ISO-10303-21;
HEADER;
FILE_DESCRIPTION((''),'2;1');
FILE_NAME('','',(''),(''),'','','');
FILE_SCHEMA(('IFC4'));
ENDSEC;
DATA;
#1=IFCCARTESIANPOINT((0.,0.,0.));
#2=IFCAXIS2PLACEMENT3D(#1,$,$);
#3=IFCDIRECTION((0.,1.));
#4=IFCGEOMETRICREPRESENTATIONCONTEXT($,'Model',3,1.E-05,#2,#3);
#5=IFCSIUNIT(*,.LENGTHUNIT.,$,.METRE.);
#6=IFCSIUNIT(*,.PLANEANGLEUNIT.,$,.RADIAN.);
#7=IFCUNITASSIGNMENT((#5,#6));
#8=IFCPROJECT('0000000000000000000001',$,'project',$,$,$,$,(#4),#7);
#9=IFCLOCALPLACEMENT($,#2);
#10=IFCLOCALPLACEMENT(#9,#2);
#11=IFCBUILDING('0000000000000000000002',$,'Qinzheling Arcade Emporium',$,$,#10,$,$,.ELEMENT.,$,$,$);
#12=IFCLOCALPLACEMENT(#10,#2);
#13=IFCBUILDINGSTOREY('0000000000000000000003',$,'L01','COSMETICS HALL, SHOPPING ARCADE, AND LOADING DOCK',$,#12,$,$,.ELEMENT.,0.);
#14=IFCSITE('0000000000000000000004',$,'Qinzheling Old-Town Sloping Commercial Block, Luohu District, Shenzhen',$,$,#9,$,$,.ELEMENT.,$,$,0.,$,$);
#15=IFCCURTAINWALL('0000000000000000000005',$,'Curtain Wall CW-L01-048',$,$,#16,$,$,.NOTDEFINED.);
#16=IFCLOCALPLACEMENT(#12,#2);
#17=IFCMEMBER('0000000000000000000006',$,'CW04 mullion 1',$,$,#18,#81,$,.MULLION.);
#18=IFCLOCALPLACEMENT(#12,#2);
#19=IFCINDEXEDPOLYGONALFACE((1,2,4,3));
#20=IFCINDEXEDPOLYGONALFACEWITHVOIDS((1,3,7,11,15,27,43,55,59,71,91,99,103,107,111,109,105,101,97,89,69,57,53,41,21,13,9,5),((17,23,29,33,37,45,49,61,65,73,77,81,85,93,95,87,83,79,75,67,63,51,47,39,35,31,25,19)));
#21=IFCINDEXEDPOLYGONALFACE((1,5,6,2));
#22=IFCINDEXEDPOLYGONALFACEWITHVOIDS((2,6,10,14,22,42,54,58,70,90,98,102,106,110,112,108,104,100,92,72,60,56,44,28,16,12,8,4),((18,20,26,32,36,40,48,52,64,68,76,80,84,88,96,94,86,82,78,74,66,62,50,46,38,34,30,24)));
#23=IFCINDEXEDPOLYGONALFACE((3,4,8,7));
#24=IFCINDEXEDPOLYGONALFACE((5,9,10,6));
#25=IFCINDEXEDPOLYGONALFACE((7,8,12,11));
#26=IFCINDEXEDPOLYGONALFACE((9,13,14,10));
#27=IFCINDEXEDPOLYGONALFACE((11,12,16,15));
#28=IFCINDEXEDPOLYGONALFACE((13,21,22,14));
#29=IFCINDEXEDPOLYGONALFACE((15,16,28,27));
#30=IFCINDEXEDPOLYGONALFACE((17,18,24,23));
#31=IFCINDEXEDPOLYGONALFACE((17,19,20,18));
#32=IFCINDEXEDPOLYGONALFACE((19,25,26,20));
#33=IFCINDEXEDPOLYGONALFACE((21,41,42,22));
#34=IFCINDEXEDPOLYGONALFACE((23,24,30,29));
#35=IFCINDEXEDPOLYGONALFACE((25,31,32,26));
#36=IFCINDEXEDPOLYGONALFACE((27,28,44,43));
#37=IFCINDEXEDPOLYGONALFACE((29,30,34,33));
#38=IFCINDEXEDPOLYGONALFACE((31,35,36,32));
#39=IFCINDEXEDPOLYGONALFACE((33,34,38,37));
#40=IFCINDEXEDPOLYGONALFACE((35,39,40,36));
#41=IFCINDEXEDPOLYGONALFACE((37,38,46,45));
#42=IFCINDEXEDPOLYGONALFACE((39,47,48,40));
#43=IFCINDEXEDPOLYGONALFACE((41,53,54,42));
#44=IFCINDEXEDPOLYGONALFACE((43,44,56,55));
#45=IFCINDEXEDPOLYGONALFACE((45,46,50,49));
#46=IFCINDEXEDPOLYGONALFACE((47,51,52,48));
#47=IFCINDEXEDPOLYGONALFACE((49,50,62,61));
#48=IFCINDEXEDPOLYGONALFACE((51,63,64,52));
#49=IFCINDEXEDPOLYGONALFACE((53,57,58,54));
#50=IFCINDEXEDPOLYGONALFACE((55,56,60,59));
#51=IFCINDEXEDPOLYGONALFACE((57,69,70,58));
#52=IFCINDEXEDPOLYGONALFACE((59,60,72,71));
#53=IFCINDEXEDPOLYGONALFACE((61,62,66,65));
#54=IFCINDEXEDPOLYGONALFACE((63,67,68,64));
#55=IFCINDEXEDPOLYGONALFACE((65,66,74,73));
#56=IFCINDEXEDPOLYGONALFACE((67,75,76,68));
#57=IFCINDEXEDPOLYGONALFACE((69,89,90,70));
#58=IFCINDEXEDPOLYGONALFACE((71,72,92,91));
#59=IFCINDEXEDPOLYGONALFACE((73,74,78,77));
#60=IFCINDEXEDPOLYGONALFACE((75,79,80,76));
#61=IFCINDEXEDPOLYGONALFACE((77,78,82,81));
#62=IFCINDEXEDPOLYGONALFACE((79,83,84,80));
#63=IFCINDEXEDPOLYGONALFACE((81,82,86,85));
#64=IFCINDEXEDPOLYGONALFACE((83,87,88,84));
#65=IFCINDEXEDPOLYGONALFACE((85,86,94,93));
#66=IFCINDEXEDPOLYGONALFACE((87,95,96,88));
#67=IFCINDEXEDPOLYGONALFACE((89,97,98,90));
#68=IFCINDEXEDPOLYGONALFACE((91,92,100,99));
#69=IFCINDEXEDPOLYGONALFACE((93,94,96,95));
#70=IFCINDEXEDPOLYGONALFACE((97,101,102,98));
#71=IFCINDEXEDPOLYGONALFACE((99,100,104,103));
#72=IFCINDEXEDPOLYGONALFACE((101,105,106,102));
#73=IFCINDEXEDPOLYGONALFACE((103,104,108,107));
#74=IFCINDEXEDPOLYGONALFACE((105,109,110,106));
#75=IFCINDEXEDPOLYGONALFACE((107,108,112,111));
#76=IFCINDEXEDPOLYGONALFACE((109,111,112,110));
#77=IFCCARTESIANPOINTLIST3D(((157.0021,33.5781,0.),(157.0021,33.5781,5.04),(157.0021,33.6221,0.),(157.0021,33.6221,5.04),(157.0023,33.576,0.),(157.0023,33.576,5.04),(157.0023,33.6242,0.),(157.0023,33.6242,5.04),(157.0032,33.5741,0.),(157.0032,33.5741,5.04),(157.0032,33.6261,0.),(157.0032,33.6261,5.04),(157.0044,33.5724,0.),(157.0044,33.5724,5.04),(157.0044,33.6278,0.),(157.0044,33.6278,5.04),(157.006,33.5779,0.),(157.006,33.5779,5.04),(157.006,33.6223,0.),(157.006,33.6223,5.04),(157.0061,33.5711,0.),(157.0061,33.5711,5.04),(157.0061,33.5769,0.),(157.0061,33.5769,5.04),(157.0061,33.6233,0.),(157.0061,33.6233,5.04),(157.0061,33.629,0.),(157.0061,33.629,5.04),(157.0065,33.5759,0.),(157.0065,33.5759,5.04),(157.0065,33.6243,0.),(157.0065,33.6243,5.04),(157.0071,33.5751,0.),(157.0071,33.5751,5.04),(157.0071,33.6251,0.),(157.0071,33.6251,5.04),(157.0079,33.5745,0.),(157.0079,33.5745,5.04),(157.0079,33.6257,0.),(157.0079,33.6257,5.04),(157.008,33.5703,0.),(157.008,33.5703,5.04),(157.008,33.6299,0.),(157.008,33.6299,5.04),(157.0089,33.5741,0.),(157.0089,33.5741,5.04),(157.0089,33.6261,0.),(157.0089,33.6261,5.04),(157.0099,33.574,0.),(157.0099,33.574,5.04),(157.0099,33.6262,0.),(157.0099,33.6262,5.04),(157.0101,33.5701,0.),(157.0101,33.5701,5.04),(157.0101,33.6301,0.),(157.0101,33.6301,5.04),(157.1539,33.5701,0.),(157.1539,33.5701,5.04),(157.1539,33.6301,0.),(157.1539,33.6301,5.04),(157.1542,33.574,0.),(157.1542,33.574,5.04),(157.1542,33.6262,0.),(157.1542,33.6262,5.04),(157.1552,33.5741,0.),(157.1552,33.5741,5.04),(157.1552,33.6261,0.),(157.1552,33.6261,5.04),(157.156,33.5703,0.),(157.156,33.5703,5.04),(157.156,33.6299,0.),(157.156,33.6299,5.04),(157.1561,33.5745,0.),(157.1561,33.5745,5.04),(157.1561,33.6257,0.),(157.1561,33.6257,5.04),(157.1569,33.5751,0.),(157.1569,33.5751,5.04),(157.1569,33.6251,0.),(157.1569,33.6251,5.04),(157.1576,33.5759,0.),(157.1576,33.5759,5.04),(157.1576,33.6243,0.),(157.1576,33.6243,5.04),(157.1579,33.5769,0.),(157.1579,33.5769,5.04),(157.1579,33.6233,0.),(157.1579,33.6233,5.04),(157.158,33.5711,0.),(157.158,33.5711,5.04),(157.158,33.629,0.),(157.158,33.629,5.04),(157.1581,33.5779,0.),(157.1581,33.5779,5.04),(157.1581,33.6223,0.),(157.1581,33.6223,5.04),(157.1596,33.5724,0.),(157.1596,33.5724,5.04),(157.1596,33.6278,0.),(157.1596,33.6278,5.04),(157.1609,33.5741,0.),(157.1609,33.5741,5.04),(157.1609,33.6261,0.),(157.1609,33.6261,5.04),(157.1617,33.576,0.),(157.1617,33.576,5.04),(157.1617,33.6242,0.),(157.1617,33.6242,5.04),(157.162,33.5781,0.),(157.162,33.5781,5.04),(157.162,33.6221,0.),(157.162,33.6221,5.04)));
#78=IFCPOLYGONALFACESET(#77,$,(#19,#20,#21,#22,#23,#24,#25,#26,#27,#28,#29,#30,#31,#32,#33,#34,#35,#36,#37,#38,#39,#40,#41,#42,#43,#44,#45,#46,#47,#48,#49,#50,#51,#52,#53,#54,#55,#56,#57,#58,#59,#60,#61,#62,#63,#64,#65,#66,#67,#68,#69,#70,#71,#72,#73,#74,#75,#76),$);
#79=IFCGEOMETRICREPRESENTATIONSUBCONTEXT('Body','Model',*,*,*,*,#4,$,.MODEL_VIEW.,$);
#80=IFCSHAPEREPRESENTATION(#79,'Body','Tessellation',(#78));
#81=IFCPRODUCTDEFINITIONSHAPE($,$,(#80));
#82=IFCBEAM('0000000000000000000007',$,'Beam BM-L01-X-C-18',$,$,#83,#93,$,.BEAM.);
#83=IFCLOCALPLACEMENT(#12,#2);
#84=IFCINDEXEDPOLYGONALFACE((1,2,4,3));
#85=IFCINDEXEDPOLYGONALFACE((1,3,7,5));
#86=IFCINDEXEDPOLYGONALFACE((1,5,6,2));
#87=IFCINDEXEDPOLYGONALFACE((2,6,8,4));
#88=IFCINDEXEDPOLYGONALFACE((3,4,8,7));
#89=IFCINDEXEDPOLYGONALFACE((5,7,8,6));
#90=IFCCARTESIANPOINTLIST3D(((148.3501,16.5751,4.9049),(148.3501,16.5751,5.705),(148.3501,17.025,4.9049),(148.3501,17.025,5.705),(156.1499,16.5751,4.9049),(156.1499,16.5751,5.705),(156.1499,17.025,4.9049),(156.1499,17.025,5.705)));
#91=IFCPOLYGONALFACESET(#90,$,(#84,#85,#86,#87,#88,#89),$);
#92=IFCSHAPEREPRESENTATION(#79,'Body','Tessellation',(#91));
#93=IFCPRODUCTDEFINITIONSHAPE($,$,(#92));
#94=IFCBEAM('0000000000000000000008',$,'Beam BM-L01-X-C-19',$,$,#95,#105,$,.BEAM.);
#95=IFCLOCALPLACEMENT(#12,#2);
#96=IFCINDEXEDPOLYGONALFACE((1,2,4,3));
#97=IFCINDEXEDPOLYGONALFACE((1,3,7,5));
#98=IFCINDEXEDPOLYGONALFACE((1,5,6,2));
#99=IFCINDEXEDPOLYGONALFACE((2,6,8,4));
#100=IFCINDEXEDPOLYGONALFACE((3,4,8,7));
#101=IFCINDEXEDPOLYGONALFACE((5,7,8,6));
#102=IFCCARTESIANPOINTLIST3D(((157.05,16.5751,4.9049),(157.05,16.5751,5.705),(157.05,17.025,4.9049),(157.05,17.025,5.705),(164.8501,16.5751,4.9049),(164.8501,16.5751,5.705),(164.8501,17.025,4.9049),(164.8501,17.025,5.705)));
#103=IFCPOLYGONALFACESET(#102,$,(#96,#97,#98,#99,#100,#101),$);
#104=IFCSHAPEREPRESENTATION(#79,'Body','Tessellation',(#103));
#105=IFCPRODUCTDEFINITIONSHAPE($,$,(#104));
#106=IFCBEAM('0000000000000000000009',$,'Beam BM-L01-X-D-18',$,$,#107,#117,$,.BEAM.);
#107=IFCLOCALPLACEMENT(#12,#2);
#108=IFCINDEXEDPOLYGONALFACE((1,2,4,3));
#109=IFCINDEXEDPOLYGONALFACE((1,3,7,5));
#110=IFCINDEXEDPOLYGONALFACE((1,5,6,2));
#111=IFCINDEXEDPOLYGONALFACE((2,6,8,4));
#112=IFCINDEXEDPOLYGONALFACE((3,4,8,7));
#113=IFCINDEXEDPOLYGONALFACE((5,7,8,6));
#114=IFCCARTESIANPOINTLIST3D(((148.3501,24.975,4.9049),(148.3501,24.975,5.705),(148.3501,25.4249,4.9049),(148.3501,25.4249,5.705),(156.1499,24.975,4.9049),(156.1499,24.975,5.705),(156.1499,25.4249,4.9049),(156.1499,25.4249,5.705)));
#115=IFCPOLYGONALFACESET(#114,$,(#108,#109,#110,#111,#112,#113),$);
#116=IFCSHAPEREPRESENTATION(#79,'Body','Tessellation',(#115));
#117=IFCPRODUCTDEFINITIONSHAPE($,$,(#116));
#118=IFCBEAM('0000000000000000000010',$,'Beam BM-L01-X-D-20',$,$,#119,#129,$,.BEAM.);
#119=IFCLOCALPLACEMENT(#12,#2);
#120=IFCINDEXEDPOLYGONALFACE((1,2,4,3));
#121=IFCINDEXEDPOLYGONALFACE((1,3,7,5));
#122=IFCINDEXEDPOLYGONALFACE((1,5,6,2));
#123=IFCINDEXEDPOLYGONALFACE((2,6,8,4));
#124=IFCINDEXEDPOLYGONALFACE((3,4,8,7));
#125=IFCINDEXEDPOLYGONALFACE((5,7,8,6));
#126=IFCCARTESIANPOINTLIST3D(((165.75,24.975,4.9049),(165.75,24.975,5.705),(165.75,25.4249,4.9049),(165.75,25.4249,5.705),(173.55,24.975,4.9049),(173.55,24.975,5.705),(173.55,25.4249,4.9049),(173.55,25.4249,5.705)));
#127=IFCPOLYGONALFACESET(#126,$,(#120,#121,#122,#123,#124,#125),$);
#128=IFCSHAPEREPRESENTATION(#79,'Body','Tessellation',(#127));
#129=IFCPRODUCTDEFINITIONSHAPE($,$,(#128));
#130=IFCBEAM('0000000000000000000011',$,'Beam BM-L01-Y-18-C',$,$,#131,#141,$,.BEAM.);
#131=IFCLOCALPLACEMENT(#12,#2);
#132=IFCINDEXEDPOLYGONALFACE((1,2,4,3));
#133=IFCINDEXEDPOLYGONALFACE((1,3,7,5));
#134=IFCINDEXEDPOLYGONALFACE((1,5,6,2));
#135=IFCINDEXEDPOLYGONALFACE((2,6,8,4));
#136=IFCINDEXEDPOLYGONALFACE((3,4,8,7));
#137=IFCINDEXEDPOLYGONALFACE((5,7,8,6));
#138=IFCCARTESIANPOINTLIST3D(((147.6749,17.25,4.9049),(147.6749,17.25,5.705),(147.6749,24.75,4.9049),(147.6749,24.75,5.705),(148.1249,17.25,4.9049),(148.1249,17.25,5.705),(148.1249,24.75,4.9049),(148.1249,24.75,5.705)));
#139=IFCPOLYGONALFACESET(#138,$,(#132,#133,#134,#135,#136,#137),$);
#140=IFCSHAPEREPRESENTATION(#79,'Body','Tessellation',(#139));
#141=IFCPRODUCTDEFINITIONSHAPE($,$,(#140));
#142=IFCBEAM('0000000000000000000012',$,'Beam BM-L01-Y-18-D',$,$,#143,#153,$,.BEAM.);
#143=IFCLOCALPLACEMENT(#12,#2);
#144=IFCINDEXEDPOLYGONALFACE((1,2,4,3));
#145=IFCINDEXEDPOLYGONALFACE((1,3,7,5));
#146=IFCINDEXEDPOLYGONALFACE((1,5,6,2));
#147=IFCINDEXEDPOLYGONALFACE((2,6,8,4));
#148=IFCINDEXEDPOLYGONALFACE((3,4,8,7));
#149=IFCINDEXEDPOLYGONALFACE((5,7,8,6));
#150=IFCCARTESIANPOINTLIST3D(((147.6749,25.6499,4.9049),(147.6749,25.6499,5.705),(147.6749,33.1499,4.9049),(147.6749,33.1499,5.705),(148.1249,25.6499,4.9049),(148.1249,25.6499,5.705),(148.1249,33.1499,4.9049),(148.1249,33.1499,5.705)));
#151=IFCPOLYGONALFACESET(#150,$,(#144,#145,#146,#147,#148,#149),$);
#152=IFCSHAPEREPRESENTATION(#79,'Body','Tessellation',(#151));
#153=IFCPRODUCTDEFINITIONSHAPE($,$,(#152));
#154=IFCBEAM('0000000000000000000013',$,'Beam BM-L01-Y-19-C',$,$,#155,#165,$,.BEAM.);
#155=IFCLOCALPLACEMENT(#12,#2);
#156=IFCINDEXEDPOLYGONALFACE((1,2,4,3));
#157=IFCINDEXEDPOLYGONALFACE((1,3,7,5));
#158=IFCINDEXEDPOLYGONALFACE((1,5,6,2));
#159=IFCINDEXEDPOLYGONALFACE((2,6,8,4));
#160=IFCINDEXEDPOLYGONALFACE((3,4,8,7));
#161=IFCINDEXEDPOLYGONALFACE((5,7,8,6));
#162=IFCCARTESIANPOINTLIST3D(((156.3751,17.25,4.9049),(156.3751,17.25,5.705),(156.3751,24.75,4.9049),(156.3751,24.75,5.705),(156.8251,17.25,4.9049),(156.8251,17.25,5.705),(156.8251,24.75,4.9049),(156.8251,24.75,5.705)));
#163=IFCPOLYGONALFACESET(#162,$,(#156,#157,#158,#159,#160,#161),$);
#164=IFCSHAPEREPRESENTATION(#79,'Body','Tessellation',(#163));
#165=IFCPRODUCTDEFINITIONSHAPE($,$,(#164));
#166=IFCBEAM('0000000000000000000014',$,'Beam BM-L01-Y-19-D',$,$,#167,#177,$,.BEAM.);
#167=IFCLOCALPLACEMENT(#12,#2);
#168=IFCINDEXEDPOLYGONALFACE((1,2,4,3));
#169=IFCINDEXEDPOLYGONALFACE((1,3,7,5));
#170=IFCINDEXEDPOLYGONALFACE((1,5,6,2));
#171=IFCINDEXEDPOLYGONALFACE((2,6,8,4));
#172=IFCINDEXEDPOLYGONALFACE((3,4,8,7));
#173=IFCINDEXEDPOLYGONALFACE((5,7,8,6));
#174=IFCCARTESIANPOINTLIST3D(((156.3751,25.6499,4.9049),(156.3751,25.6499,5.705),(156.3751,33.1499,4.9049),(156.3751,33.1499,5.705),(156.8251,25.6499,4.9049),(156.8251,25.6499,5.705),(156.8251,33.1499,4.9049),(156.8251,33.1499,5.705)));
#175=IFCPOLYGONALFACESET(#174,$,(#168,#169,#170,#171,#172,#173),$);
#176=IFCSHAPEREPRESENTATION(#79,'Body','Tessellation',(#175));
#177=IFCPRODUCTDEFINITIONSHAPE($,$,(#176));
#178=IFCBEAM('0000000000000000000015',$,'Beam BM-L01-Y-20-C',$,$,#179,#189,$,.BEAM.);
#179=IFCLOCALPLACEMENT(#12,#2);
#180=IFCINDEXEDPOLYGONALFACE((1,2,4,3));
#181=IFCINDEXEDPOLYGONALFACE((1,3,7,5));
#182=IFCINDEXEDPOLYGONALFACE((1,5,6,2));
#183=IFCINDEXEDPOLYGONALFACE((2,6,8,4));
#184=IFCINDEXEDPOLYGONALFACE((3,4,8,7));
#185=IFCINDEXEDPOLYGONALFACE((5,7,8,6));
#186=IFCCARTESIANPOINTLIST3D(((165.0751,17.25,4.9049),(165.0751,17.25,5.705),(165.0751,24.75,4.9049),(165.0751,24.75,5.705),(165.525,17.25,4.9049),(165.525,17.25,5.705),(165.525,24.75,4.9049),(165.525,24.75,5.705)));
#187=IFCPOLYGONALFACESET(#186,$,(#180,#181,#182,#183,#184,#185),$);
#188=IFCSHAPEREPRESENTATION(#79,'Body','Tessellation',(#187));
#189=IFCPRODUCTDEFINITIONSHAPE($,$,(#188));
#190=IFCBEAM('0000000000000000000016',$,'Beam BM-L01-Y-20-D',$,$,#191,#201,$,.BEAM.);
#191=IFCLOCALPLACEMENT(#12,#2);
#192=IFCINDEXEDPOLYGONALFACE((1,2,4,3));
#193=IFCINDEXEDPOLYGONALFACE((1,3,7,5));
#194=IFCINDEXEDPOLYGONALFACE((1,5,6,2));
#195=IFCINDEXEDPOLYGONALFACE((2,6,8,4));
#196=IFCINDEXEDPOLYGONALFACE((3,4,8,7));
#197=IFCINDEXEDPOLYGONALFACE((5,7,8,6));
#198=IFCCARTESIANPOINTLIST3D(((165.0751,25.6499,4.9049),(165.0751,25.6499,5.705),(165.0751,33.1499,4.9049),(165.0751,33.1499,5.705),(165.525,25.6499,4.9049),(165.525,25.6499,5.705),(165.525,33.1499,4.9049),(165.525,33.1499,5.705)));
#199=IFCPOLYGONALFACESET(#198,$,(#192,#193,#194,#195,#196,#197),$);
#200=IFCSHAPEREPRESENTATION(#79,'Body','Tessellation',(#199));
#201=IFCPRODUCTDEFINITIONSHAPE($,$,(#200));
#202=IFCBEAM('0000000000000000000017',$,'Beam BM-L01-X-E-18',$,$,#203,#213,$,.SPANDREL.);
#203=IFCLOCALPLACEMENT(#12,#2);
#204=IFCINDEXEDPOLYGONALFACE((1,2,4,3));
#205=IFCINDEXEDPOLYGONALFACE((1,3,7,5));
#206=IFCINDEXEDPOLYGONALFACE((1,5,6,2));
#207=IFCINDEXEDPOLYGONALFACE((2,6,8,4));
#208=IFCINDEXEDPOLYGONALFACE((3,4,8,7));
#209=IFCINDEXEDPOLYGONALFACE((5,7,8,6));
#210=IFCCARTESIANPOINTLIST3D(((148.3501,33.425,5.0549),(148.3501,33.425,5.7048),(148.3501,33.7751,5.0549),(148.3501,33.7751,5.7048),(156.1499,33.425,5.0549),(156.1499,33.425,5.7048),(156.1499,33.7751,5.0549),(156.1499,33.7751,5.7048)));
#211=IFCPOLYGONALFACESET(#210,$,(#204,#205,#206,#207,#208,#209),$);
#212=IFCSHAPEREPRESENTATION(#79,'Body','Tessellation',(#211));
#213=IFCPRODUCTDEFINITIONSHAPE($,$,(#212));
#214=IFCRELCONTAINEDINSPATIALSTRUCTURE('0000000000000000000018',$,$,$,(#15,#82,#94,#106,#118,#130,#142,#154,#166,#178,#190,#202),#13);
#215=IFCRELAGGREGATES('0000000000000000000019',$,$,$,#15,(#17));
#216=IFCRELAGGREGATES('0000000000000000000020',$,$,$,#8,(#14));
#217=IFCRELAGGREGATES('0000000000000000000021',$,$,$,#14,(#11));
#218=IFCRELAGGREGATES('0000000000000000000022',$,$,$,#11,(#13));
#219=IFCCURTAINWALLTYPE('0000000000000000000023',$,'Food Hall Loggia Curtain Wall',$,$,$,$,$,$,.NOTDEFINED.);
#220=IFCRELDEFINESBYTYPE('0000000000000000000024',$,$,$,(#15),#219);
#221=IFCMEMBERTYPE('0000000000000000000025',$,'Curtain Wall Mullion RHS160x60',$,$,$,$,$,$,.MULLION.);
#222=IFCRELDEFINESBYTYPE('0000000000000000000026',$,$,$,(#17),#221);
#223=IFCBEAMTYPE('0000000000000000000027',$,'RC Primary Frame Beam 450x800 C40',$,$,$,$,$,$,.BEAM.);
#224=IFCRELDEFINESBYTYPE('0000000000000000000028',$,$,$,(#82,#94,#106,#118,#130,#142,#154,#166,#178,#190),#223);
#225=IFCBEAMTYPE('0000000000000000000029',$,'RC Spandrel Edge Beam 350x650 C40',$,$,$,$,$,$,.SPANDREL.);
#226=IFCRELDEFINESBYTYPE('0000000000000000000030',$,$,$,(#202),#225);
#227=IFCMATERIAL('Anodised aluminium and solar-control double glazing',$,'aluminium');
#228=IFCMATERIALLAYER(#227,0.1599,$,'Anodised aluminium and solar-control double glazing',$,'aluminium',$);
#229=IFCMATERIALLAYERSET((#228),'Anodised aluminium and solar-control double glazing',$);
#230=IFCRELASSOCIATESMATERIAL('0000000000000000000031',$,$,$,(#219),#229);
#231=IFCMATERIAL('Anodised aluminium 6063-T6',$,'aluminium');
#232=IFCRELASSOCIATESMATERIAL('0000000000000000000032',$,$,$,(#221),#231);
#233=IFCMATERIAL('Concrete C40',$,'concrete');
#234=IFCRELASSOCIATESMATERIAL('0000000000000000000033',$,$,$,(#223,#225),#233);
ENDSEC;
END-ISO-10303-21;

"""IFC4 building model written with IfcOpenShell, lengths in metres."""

from ifc_helpers import new_model, si_unit, direction, frame, origin, origin_2d, place, context, subcontext, project, spatial, rectangle, hollow_rectangle, extrude, material, layer, layer_set, material_profile, profile_set, type_object, element, aggregate, save


model = new_model("IFC4")

# Units and contexts
model_context = context("Model", 3, precision=1e-05, world=origin(), true_north=direction((0.0, 1.0)))
body_context = subcontext(model_context, "Body", "Model", "MODEL_VIEW")
ifc_project = project(units=[si_unit("LENGTHUNIT", "METRE"), si_unit("PLANEANGLEUNIT", "RADIAN")], contexts=[model_context])

# Site, building, storey
site_placement = place(None, origin())
site = spatial("IfcSite", under=ifc_project, at=site_placement, Name="Qinzheling Old-Town Sloping Commercial Block, Luohu District, Shenzhen", CompositionType="ELEMENT", RefElevation=0.0)
building_placement = place(site_placement, origin())
building = spatial("IfcBuilding", under=site, at=building_placement, Name="Qinzheling Arcade Emporium", CompositionType="ELEMENT")
storey_placement = place(building_placement, origin())
storey = spatial("IfcBuildingStorey", under=building, at=storey_placement, Name="L01", Description="COSMETICS HALL, SHOPPING ARCADE, AND LOADING DOCK", CompositionType="ELEMENT", Elevation=0.0)

# Curtain wall, member
ifc_material_1 = material(Name="Anodised aluminium and solar-control double glazing", Category="aluminium")
ifc_layer_1 = layer(ifc_material_1, 0.1599, Name="Anodised aluminium and solar-control double glazing", Category="aluminium")
ifc_layer_set_1 = layer_set([ifc_layer_1], Name="Anodised aluminium and solar-control double glazing")
curtain_wall_type_1 = type_object("IfcCurtainWallType", Name="Food Hall Loggia Curtain Wall", PredefinedType="NOTDEFINED", material=ifc_layer_set_1)
ifc_material_2 = material(Name="Anodised aluminium 6063-T6", Category="aluminium")
ifc_material_profile_1 = material_profile(ifc_material_2, hollow_rectangle(XDim=0.0601, YDim=0.1599, WallThickness=0.0039, InnerFilletRadius=0.0039, OuterFilletRadius=0.0081, at=origin_2d()), Name="RHS 160x60x4", Category="aluminium")
ifc_profile_set_1 = profile_set([ifc_material_profile_1], Name="Anodised aluminium 6063-T6")
member_type = type_object("IfcMemberType", Name="Curtain Wall Mullion RHS160x60", PredefinedType="MULLION", material=ifc_profile_set_1)
curtain_wall_1_placement = place(storey_placement, origin())
curtain_wall_1 = element("IfcCurtainWall", 1, at=curtain_wall_1_placement, inside=storey, type_object=curtain_wall_type_1, Name="Curtain Wall CW-L01-048", PredefinedType="NOTDEFINED")
member_1_placement = place(storey_placement, frame((157.082, 33.6001, 0.0), z_axis=(0.0, 0.0, 1.0), x_axis=(0.0, 1.0, 0.0)))
member_1 = element("IfcMember", 2, at=member_1_placement, type_object=member_type, Name="CW04 mullion 1", PredefinedType="MULLION", context=body_context, shape_type="SweptSolid", body=[
    extrude(hollow_rectangle(XDim=0.0601, YDim=0.1599, WallThickness=0.0039, InnerFilletRadius=0.0039, OuterFilletRadius=0.0081, at=origin_2d()), origin(), (0.0, 0.0, 1.0), 5.04),
])
aggregate(curtain_wall_1, [member_1])

# Beams
ifc_material_3 = material(Name="Concrete C40", Category="concrete")
ifc_material_profile_2 = material_profile(ifc_material_3, rectangle(XDim=0.45, YDim=0.8, at=origin_2d()), Name="RC 450x800", Category="concrete")
ifc_profile_set_2 = profile_set([ifc_material_profile_2], Name="Concrete C40")
beam_type_1 = type_object("IfcBeamType", Name="RC Primary Frame Beam 450x800 C40", PredefinedType="BEAM", material=ifc_profile_set_2)
beam_1_placement = place(storey_placement, frame((148.3501, 16.8, 5.3049), z_axis=(1.0, 0.0, 0.0), x_axis=(0.0, 1.0, 0.0)))
element("IfcBeam", 3, at=beam_1_placement, inside=storey, type_object=beam_type_1, Name="Beam BM-L01-X-C-18", PredefinedType="BEAM", context=body_context, shape_type="SweptSolid", body=[
    extrude(rectangle(XDim=0.45, YDim=0.8, at=origin_2d()), origin(), (0.0, 0.0, 1.0), 7.7998),
])
beam_2_placement = place(storey_placement, frame((157.05, 16.8, 5.3049), z_axis=(1.0, 0.0, 0.0), x_axis=(0.0, 1.0, 0.0)))
element("IfcBeam", 4, at=beam_2_placement, inside=storey, type_object=beam_type_1, Name="Beam BM-L01-X-C-19", PredefinedType="BEAM", context=body_context, shape_type="SweptSolid", body=[
    extrude(rectangle(XDim=0.45, YDim=0.8, at=origin_2d()), origin(), (0.0, 0.0, 1.0), 7.8),
])
beam_3_placement = place(storey_placement, frame((148.3501, 25.2, 5.3049), z_axis=(1.0, 0.0, 0.0), x_axis=(0.0, 1.0, 0.0)))
element("IfcBeam", 5, at=beam_3_placement, inside=storey, type_object=beam_type_1, Name="Beam BM-L01-X-D-18", PredefinedType="BEAM", context=body_context, shape_type="SweptSolid", body=[
    extrude(rectangle(XDim=0.45, YDim=0.8, at=origin_2d()), origin(), (0.0, 0.0, 1.0), 7.7998),
])
beam_4_placement = place(storey_placement, frame((165.75, 25.2, 5.3049), z_axis=(1.0, 0.0, 0.0), x_axis=(0.0, 1.0, 0.0)))
element("IfcBeam", 6, at=beam_4_placement, inside=storey, type_object=beam_type_1, Name="Beam BM-L01-X-D-20", PredefinedType="BEAM", context=body_context, shape_type="SweptSolid", body=[
    extrude(rectangle(XDim=0.45, YDim=0.8, at=origin_2d()), origin(), (0.0, 0.0, 1.0), 7.8),
])
for number, where, z_axis, x_axis, name in (
    (7, (147.8999, 17.25, 5.3049), (0.0, 1.0, 0.0), (-1.0, 0.0, 0.0), "Beam BM-L01-Y-18-C"),
    (8, (147.8999, 25.6499, 5.3049), (0.0, 1.0, 0.0), (-1.0, 0.0, 0.0), "Beam BM-L01-Y-18-D"),
    (9, (156.6001, 17.25, 5.3049), (0.0, 1.0, 0.0), (-1.0, 0.0, 0.0), "Beam BM-L01-Y-19-C"),
    (10, (156.6001, 25.6499, 5.3049), (0.0, 1.0, 0.0), (-1.0, 0.0, 0.0), "Beam BM-L01-Y-19-D"),
    (11, (165.3, 17.25, 5.3049), (0.0, 1.0, 0.0), (-1.0, 0.0, 0.0), "Beam BM-L01-Y-20-C"),
    (12, (165.3, 25.6499, 5.3049), (0.0, 1.0, 0.0), (-1.0, 0.0, 0.0), "Beam BM-L01-Y-20-D"),
):
    element("IfcBeam", number, at=place(storey_placement, frame(where, z_axis=z_axis, x_axis=x_axis)), inside=storey, type_object=beam_type_1, Name=name, PredefinedType="BEAM", context=body_context, shape_type="SweptSolid", body=[
        extrude(rectangle(XDim=0.45, YDim=0.8, at=origin_2d()), origin(), (0.0, 0.0, 1.0), 7.5),
    ])
ifc_material_profile_3 = material_profile(ifc_material_3, rectangle(XDim=0.3501, YDim=0.6499, at=origin_2d()), Name="RC 350x650", Category="concrete")
ifc_profile_set_3 = profile_set([ifc_material_profile_3], Name="Concrete C40")
beam_type_2 = type_object("IfcBeamType", Name="RC Spandrel Edge Beam 350x650 C40", PredefinedType="SPANDREL", material=ifc_profile_set_3)
beam_5_placement = place(storey_placement, frame((148.3501, 33.6001, 5.3799), z_axis=(1.0, 0.0, 0.0), x_axis=(0.0, 1.0, 0.0)))
element("IfcBeam", 13, at=beam_5_placement, inside=storey, type_object=beam_type_2, Name="Beam BM-L01-X-E-18", PredefinedType="SPANDREL", context=body_context, shape_type="SweptSolid", body=[
    extrude(rectangle(XDim=0.3501, YDim=0.6499, at=origin_2d()), origin(), (0.0, 0.0, 1.0), 7.7998),
])

save(model, "model.ifc")
